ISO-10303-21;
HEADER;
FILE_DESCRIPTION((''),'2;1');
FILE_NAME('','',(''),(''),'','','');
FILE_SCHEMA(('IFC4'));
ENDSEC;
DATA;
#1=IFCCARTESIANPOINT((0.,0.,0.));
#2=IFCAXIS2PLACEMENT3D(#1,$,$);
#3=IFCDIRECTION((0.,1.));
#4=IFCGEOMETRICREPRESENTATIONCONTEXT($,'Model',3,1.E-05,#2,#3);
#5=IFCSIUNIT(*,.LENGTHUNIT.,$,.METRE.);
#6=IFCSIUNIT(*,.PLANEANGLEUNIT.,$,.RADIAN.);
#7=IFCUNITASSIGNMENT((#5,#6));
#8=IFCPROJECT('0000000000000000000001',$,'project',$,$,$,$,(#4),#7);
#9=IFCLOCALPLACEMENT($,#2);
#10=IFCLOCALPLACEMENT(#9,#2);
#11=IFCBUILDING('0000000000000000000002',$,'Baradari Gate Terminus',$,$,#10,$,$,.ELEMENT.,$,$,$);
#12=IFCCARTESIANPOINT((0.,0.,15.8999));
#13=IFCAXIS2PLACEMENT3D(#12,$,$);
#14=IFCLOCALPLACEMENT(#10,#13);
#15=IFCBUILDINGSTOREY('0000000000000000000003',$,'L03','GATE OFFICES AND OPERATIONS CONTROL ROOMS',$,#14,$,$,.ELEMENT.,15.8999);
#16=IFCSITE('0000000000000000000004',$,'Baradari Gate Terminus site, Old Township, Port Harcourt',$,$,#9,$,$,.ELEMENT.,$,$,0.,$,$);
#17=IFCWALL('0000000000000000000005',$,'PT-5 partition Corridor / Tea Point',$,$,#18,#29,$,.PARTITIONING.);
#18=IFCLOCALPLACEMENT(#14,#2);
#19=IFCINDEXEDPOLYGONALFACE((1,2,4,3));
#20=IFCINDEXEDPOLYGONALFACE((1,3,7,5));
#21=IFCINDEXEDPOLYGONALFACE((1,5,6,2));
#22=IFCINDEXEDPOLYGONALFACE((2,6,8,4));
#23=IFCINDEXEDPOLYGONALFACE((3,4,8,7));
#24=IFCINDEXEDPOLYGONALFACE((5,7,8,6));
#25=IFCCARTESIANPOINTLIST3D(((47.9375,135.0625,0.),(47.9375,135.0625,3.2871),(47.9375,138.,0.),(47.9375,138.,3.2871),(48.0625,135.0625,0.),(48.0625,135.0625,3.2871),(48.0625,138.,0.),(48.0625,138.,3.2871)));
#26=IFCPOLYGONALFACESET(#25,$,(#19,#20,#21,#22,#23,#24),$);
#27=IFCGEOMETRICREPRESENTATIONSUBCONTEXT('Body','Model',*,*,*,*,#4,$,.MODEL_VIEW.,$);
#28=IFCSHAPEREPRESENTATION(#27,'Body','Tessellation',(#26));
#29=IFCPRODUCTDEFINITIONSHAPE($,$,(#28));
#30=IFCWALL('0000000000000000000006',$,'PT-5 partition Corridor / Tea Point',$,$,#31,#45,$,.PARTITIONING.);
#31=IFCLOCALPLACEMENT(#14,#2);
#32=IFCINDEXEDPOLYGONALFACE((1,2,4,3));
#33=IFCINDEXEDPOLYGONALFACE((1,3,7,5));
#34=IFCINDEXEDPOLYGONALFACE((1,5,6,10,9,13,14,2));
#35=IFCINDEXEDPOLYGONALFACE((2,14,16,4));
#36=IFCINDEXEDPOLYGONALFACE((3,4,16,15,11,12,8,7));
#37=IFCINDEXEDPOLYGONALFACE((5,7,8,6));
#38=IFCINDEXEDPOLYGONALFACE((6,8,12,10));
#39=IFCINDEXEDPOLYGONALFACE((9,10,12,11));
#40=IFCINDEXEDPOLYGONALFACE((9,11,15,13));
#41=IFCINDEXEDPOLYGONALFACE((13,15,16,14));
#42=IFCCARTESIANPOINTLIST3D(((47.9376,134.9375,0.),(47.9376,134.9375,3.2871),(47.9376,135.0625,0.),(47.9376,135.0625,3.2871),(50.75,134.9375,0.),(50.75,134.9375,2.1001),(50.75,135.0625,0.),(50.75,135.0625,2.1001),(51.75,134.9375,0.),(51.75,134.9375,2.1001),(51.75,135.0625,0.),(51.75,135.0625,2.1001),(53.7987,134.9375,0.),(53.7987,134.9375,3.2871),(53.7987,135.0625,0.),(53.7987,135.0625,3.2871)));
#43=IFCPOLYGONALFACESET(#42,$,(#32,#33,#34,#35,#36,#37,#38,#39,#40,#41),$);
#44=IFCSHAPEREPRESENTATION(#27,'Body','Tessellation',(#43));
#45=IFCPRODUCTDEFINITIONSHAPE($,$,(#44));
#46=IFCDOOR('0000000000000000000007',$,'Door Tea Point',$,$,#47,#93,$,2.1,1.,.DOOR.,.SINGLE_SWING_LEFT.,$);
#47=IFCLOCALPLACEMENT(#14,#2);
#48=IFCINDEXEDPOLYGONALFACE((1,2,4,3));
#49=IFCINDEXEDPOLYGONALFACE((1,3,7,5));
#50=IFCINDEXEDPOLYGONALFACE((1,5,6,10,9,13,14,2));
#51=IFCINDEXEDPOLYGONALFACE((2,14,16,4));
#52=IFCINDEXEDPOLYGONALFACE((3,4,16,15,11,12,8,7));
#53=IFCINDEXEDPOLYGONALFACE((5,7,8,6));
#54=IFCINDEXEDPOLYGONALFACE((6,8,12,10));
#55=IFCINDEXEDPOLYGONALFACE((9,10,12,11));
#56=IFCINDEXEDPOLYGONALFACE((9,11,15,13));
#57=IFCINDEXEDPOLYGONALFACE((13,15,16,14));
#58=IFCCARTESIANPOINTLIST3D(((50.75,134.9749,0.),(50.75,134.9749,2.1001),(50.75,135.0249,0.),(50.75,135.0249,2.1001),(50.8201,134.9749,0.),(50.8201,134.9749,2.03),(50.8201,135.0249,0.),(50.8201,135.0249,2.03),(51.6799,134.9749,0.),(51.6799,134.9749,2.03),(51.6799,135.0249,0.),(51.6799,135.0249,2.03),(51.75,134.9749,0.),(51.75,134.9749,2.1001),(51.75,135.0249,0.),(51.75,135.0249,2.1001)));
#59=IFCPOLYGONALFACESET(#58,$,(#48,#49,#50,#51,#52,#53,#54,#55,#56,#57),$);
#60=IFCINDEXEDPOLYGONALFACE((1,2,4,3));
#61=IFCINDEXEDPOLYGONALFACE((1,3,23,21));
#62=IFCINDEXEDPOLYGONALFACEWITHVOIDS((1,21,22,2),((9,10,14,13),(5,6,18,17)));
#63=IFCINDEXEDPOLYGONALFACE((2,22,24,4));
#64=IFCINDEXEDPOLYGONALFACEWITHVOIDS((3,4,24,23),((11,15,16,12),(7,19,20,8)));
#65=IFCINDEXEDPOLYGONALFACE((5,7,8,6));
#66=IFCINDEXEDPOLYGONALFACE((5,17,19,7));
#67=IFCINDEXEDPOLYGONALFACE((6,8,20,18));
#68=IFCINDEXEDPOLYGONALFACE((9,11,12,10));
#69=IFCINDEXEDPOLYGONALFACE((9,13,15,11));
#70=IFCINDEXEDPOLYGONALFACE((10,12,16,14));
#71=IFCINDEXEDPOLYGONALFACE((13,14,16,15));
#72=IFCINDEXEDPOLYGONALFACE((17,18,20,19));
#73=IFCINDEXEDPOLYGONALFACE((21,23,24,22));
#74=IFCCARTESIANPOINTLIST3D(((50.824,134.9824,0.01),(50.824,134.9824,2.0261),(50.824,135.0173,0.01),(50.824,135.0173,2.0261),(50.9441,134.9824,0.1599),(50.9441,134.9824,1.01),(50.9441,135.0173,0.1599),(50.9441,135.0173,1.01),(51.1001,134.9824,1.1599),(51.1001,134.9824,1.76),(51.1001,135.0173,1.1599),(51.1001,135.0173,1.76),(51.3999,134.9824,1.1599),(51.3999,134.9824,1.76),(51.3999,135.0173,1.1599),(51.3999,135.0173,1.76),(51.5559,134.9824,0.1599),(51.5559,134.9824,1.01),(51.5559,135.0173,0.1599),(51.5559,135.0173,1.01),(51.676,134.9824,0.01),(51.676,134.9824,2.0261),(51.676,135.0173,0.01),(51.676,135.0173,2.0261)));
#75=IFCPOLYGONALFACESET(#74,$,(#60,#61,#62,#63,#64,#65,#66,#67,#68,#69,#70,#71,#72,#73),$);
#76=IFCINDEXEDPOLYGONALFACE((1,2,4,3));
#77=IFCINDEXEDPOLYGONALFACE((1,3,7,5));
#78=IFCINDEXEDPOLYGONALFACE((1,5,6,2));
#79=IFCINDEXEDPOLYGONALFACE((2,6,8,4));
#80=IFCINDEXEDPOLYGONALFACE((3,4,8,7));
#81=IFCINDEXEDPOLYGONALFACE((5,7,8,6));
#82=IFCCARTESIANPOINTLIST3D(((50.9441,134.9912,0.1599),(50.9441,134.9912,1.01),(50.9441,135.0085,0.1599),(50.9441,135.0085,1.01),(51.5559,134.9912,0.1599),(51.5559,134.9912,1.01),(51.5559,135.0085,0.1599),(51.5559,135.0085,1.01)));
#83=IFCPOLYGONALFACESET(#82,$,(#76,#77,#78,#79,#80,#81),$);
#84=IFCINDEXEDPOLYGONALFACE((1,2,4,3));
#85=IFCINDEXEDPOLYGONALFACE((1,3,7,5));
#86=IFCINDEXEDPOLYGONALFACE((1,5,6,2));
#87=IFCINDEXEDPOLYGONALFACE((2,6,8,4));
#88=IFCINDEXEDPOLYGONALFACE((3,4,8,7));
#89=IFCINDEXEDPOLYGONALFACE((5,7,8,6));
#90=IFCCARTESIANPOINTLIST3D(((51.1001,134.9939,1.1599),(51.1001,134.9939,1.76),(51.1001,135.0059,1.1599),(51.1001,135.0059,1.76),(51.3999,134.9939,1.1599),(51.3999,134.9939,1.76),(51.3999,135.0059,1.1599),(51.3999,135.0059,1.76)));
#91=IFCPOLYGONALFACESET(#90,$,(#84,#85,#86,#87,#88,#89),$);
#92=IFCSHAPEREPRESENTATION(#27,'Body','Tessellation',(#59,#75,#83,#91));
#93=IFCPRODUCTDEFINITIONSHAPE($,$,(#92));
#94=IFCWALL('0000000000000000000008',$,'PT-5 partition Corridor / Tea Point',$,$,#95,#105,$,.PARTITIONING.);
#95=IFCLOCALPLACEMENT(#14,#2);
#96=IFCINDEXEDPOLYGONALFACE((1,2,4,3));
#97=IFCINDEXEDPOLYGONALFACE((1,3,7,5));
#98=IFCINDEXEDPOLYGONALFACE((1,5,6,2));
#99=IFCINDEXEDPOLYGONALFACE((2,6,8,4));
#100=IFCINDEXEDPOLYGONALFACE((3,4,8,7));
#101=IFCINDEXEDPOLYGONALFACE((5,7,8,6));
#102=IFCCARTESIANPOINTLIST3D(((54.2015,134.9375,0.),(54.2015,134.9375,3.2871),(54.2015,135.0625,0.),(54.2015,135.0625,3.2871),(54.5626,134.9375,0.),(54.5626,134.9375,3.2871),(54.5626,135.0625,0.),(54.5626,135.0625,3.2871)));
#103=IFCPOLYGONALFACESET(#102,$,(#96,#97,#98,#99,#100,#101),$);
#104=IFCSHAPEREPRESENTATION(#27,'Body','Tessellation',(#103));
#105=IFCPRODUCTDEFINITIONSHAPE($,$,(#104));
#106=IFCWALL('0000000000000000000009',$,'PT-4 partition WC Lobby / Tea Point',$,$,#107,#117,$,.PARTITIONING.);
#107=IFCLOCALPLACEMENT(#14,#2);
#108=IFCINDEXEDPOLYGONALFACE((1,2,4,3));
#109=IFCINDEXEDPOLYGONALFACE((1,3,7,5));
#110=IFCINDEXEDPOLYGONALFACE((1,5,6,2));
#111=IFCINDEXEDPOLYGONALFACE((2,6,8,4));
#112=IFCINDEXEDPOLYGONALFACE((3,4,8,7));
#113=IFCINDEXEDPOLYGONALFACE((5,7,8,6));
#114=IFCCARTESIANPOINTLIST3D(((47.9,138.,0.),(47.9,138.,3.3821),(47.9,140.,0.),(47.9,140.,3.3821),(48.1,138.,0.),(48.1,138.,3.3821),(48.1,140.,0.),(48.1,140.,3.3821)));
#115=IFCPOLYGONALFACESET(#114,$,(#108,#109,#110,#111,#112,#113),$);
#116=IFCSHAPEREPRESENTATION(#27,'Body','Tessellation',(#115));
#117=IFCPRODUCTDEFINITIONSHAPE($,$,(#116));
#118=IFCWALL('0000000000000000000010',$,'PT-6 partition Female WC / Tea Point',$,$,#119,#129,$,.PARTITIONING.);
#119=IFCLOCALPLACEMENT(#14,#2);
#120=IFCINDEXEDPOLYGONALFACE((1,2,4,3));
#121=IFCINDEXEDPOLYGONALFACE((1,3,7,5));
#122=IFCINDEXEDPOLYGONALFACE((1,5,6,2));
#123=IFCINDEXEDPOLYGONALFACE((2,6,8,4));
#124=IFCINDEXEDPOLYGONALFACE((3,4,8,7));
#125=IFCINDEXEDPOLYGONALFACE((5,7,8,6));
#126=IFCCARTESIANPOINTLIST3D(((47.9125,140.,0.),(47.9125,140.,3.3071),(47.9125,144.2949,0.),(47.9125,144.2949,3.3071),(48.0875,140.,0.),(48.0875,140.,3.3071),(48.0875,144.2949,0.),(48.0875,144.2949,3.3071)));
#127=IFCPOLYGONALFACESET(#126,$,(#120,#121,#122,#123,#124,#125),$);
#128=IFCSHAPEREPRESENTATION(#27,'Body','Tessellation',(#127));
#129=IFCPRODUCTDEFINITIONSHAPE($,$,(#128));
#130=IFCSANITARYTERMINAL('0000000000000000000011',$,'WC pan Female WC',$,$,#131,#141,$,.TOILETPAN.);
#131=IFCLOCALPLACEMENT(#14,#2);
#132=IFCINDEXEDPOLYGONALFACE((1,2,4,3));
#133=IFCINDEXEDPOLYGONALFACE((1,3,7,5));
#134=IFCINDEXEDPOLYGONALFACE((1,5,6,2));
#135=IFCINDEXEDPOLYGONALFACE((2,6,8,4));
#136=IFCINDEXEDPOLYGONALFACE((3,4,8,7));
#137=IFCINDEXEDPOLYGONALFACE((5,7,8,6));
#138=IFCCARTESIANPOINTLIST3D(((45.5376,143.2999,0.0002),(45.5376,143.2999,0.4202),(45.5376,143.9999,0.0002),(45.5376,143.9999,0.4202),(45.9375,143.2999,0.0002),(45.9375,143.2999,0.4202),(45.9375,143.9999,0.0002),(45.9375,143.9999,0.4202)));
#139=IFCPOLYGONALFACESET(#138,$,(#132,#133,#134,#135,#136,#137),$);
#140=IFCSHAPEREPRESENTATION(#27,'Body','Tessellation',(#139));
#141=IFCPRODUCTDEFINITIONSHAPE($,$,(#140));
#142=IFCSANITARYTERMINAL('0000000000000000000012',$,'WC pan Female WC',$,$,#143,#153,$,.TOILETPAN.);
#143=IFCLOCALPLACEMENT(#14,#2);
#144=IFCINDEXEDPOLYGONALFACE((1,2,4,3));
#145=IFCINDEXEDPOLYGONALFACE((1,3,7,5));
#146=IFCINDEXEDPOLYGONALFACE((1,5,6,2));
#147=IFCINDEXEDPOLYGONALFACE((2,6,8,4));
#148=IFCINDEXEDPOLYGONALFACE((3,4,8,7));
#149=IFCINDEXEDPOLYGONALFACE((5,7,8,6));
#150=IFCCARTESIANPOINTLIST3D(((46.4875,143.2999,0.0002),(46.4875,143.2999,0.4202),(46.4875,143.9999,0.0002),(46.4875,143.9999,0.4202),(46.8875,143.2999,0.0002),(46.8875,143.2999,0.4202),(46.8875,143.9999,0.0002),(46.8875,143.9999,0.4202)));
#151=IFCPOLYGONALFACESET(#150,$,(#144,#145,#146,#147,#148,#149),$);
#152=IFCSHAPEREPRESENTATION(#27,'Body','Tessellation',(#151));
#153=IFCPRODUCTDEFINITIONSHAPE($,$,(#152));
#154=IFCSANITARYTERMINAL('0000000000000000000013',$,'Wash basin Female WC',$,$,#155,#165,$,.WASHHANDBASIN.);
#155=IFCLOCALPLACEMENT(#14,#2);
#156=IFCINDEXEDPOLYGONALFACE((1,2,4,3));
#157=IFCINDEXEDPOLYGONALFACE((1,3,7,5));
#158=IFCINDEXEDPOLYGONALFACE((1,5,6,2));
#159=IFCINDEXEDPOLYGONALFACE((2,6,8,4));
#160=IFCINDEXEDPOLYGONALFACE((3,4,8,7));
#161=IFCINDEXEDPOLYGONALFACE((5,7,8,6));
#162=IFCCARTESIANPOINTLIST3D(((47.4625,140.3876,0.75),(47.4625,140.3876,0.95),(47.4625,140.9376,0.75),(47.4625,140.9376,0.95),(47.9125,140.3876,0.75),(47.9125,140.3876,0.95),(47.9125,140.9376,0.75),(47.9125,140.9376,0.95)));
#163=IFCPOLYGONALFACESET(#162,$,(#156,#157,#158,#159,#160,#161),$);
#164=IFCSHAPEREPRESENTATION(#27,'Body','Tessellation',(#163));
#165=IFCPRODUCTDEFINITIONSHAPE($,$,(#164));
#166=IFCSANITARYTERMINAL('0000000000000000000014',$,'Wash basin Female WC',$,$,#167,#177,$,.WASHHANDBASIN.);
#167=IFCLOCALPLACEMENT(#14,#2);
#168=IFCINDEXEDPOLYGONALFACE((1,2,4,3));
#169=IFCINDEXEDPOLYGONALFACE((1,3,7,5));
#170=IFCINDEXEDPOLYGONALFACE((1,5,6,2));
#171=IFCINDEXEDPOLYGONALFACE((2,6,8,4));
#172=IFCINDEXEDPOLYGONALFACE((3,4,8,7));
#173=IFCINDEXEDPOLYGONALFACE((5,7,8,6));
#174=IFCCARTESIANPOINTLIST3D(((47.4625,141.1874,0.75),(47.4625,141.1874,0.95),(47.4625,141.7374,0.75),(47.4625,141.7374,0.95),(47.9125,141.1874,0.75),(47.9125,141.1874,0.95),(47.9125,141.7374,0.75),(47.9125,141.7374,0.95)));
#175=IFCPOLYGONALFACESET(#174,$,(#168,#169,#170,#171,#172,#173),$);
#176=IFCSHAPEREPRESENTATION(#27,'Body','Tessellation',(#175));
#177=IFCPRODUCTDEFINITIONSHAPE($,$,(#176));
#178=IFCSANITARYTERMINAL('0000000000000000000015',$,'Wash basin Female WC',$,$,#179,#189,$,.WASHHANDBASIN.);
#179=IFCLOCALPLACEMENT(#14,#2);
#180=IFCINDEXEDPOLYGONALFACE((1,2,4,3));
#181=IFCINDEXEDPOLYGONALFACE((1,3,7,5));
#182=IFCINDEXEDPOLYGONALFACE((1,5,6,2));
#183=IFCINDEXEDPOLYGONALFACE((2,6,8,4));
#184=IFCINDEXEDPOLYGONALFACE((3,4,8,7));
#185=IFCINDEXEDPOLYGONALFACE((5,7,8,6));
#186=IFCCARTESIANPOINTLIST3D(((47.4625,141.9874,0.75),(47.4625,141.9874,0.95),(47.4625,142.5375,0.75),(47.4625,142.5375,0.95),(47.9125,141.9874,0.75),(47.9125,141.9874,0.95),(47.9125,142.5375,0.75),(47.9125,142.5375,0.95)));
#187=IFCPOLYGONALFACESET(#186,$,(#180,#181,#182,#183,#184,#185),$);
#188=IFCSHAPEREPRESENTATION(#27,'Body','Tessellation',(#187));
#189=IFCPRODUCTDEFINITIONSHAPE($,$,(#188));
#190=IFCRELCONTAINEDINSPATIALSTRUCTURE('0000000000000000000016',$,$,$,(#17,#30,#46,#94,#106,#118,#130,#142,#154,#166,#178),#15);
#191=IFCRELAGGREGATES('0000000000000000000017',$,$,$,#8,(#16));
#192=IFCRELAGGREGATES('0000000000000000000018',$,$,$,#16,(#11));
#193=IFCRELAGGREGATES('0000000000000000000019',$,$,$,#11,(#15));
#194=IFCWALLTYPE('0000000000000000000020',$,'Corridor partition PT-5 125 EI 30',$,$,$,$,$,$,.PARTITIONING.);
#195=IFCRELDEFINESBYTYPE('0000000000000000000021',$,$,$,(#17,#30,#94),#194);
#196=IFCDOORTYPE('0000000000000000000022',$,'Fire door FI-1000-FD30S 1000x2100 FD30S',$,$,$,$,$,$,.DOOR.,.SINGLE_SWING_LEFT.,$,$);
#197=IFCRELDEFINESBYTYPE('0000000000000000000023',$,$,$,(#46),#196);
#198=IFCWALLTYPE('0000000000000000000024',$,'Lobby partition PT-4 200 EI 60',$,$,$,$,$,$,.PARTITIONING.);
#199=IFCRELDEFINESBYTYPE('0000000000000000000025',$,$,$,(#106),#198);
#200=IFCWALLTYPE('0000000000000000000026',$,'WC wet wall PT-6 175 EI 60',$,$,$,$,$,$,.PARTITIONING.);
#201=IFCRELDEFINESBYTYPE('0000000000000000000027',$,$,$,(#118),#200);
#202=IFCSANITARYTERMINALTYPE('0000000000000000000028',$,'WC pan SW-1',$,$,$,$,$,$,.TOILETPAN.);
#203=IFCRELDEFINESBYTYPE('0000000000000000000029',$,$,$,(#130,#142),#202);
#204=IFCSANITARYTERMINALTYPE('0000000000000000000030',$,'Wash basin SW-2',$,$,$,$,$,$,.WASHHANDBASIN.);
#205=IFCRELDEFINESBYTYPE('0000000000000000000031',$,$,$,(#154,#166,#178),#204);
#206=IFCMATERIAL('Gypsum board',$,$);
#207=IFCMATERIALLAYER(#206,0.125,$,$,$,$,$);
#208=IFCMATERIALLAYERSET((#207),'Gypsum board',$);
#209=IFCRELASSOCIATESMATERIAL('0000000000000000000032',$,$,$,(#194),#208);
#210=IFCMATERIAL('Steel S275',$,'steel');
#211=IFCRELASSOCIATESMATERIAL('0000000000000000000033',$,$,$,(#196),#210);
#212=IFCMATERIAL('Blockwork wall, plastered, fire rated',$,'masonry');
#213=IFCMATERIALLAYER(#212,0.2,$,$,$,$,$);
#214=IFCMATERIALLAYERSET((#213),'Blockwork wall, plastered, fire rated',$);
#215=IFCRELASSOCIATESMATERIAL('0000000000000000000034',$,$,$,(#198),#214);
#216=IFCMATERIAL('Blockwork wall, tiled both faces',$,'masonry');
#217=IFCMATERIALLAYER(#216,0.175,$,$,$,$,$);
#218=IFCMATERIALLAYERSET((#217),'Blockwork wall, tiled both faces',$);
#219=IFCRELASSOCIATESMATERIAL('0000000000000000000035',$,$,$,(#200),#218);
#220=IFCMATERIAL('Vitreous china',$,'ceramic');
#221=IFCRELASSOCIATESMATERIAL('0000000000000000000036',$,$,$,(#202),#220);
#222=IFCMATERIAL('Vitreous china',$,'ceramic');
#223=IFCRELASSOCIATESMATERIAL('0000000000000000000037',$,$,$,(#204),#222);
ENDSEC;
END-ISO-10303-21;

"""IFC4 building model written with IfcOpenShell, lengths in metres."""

from ifc_helpers import new_model, si_unit, direction, frame, frame_2d, origin, origin_2d, place, context, subcontext, project, spatial, polyline, rectangle, outline, extrude, material, layer, layer_set, type_object, element, fill, save


model = new_model("IFC4")

# Units and contexts
model_context = context("Model", 3, precision=1e-05, world=origin(), true_north=direction((0.0, 1.0)))
body_context = subcontext(model_context, "Body", "Model", "MODEL_VIEW")
ifc_project = project(units=[si_unit("LENGTHUNIT", "METRE"), si_unit("PLANEANGLEUNIT", "RADIAN")], contexts=[model_context])

# Site, building, storey
site_placement = place(None, origin())
site = spatial("IfcSite", under=ifc_project, at=site_placement, Name="Baradari Gate Terminus site, Old Township, Port Harcourt", CompositionType="ELEMENT", RefElevation=0.0)
building_placement = place(site_placement, origin())
building = spatial("IfcBuilding", under=site, at=building_placement, Name="Baradari Gate Terminus", CompositionType="ELEMENT")
storey_placement = place(building_placement, frame((0.0, 0.0, 15.8999)))
storey = spatial("IfcBuildingStorey", under=building, at=storey_placement, Name="L03", Description="GATE OFFICES AND OPERATIONS CONTROL ROOMS", CompositionType="ELEMENT", Elevation=15.8999)

# Wall
ifc_material_1 = material(Name="Gypsum board")
ifc_layer_1 = layer(ifc_material_1, 0.125)
ifc_layer_set_1 = layer_set([ifc_layer_1], Name="Gypsum board")
wall_type_1 = type_object("IfcWallType", Name="Corridor partition PT-5 125 EI 30", PredefinedType="PARTITIONING", material=ifc_layer_set_1)
wall_1_placement = place(storey_placement, frame((48.0, 138.0, 0.0), z_axis=(0.0, 0.0, 1.0), x_axis=(0.0, -1.0, 0.0)))
element("IfcWall", 1, at=wall_1_placement, inside=storey, type_object=wall_type_1, Name="PT-5 partition Corridor / Tea Point", PredefinedType="PARTITIONING", context=body_context, shape_type="SweptSolid", body=[
    extrude(rectangle(XDim=2.9375, YDim=0.125, at=frame_2d((1.4688, 0.0))), origin(), (0.0, 0.0, 1.0), 3.2871),
])

# Wall, opening, door
wall_2_placement = place(storey_placement, frame((47.9375, 135.0, 0.0), z_axis=(0.0, 0.0, 1.0), x_axis=(1.0, 0.0, 0.0)))
wall_2 = element("IfcWall", 2, at=wall_2_placement, inside=storey, type_object=wall_type_1, Name="PT-5 partition Corridor / Tea Point", PredefinedType="PARTITIONING", context=body_context, shape_type="SweptSolid", body=[
    extrude(rectangle(XDim=5.8611, YDim=0.125, at=frame_2d((2.9307, 0.0))), origin(), (0.0, 0.0, 1.0), 3.2871),
])
opening_placement = place(wall_2_placement, frame((2.8125, 0.0, 0.0)))
opening = element("IfcOpeningElement", 3, at=opening_placement, cuts=wall_2, PredefinedType="OPENING", context=body_context, shape_type="SweptSolid", body=[
    extrude(rectangle(XDim=1.0, YDim=2.1001, at=frame_2d((0.5, 1.05))), frame((0.0, 0.0725, 0.0), z_axis=(0.0, -1.0, 0.0), x_axis=(1.0, 0.0, 0.0)), (0.0, 0.0, 1.0), 0.145),
])
ifc_material_2 = material(Name="Steel S275", Category="steel")
door_type = type_object("IfcDoorType", Name="Fire door FI-1000-FD30S 1000x2100 FD30S", OperationType="SINGLE_SWING_LEFT", PredefinedType="DOOR", material=ifc_material_2)
door_placement = place(opening_placement, origin())
door = element("IfcDoor", 4, at=door_placement, inside=storey, type_object=door_type, Name="Door Tea Point", OperationType="SINGLE_SWING_LEFT", OverallHeight=2.1, OverallWidth=1.0, PredefinedType="DOOR", context=body_context, shape_type="SweptSolid", body=[
    extrude(outline(polyline([(0.0, 0.0), (0.0701, 0.0), (0.0701, 2.03), (0.9299, 2.03), (0.9299, 0.0), (1.0, 0.0), (1.0, 2.1001), (0.0, 2.1001), (0.0, 0.0)])), frame((0.0, 0.0249, 0.0), z_axis=(0.0, -1.0, 0.0), x_axis=(1.0, 0.0, 0.0)), (0.0, 0.0, 1.0), 0.05),
    extrude(outline(polyline([(0.074, 0.01), (0.926, 0.01), (0.926, 2.0261), (0.074, 2.0261), (0.074, 0.01)]), holes=[polyline([(0.1941, 0.1599), (0.8059, 0.1599), (0.8059, 1.01), (0.1941, 1.01), (0.1941, 0.1599)]), polyline([(0.3501, 1.1599), (0.6499, 1.1599), (0.6499, 1.76), (0.3501, 1.76), (0.3501, 1.1599)])]), frame((0.0, 0.0173, 0.0), z_axis=(0.0, -1.0, 0.0), x_axis=(1.0, 0.0, 0.0)), (0.0, 0.0, 1.0), 0.0349),
    extrude(rectangle(XDim=0.6118, YDim=0.8501, at=frame_2d((0.5, 0.585))), frame((0.0, 0.0085, 0.0), z_axis=(0.0, -1.0, 0.0), x_axis=(1.0, 0.0, 0.0)), (0.0, 0.0, 1.0), 0.0173),
    extrude(rectangle(XDim=0.2998, YDim=0.6001, at=frame_2d((0.5, 1.46))), frame((0.0, 0.0059, 0.0), z_axis=(0.0, -1.0, 0.0), x_axis=(1.0, 0.0, 0.0)), (0.0, 0.0, 1.0), 0.012),
])
fill(opening, door)

# Walls
wall_3_placement = place(storey_placement, frame((54.2014, 135.0, 0.0), z_axis=(0.0, 0.0, 1.0), x_axis=(1.0, 0.0, 0.0)))
element("IfcWall", 5, at=wall_3_placement, inside=storey, type_object=wall_type_1, Name="PT-5 partition Corridor / Tea Point", PredefinedType="PARTITIONING", context=body_context, shape_type="SweptSolid", body=[
    extrude(rectangle(XDim=0.3611, YDim=0.125, at=frame_2d((0.1807, 0.0))), origin(), (0.0, 0.0, 1.0), 3.2871),
])
ifc_material_3 = material(Name="Blockwork wall, plastered, fire rated", Category="masonry")
ifc_layer_2 = layer(ifc_material_3, 0.2)
ifc_layer_set_2 = layer_set([ifc_layer_2], Name="Blockwork wall, plastered, fire rated")
wall_type_2 = type_object("IfcWallType", Name="Lobby partition PT-4 200 EI 60", PredefinedType="PARTITIONING", material=ifc_layer_set_2)
wall_4_placement = place(storey_placement, frame((48.0, 140.0, 0.0), z_axis=(0.0, 0.0, 1.0), x_axis=(0.0, -1.0, 0.0)))
element("IfcWall", 6, at=wall_4_placement, inside=storey, type_object=wall_type_2, Name="PT-4 partition WC Lobby / Tea Point", PredefinedType="PARTITIONING", context=body_context, shape_type="SweptSolid", body=[
    extrude(rectangle(XDim=2.0, YDim=0.2, at=frame_2d((1.0, 0.0))), origin(), (0.0, 0.0, 1.0), 3.3821),
])
ifc_material_4 = material(Name="Blockwork wall, tiled both faces", Category="masonry")
ifc_layer_3 = layer(ifc_material_4, 0.175)
ifc_layer_set_3 = layer_set([ifc_layer_3], Name="Blockwork wall, tiled both faces")
wall_type_3 = type_object("IfcWallType", Name="WC wet wall PT-6 175 EI 60", PredefinedType="PARTITIONING", material=ifc_layer_set_3)
wall_5_placement = place(storey_placement, frame((48.0, 144.2949, 0.0), z_axis=(0.0, 0.0, 1.0), x_axis=(0.0, -1.0, 0.0)))
element("IfcWall", 7, at=wall_5_placement, inside=storey, type_object=wall_type_3, Name="PT-6 partition Female WC / Tea Point", PredefinedType="PARTITIONING", context=body_context, shape_type="SweptSolid", body=[
    extrude(rectangle(XDim=4.2949, YDim=0.175, at=frame_2d((2.1475, 0.0))), origin(), (0.0, 0.0, 1.0), 3.3071),
])

# Sanitary terminals
ifc_material_5 = material(Name="Vitreous china", Category="ceramic")
sanitary_terminal_type_1 = type_object("IfcSanitaryTerminalType", Name="WC pan SW-1", PredefinedType="TOILETPAN", material=ifc_material_5)
for number, where, z_axis, x_axis, name in (
    (8, (45.7375, 143.6499, 0.0002), (0.0, 0.0, 1.0), (1.0, 0.0, 0.0), "WC pan Female WC"),
    (9, (46.6875, 143.6499, 0.0002), (0.0, 0.0, 1.0), (1.0, 0.0, 0.0), "WC pan Female WC"),
):
    element("IfcSanitaryTerminal", number, at=place(storey_placement, frame(where, z_axis=z_axis, x_axis=x_axis)), inside=storey, type_object=sanitary_terminal_type_1, Name=name, PredefinedType="TOILETPAN", context=body_context, shape_type="SweptSolid", body=[
        extrude(rectangle(XDim=0.3999, YDim=0.7, at=origin_2d()), origin(), (0.0, 0.0, 1.0), 0.4199),
    ])
ifc_material_6 = material(Name="Vitreous china", Category="ceramic")
sanitary_terminal_type_2 = type_object("IfcSanitaryTerminalType", Name="Wash basin SW-2", PredefinedType="WASHHANDBASIN", material=ifc_material_6)
for number, where, z_axis, x_axis, name in (
    (10, (47.6875, 140.6626, 0.75), (0.0, 0.0, 1.0), (1.0, 0.0, 0.0), "Wash basin Female WC"),
    (11, (47.6875, 141.4624, 0.75), (0.0, 0.0, 1.0), (1.0, 0.0, 0.0), "Wash basin Female WC"),
    (12, (47.6875, 142.2625, 0.75), (0.0, 0.0, 1.0), (1.0, 0.0, 0.0), "Wash basin Female WC"),
):
    element("IfcSanitaryTerminal", number, at=place(storey_placement, frame(where, z_axis=z_axis, x_axis=x_axis)), inside=storey, type_object=sanitary_terminal_type_2, Name=name, PredefinedType="WASHHANDBASIN", context=body_context, shape_type="SweptSolid", body=[
        extrude(rectangle(XDim=0.45, YDim=0.55, at=origin_2d()), origin(), (0.0, 0.0, 1.0), 0.2),
    ])

save(model, "model.ifc")
